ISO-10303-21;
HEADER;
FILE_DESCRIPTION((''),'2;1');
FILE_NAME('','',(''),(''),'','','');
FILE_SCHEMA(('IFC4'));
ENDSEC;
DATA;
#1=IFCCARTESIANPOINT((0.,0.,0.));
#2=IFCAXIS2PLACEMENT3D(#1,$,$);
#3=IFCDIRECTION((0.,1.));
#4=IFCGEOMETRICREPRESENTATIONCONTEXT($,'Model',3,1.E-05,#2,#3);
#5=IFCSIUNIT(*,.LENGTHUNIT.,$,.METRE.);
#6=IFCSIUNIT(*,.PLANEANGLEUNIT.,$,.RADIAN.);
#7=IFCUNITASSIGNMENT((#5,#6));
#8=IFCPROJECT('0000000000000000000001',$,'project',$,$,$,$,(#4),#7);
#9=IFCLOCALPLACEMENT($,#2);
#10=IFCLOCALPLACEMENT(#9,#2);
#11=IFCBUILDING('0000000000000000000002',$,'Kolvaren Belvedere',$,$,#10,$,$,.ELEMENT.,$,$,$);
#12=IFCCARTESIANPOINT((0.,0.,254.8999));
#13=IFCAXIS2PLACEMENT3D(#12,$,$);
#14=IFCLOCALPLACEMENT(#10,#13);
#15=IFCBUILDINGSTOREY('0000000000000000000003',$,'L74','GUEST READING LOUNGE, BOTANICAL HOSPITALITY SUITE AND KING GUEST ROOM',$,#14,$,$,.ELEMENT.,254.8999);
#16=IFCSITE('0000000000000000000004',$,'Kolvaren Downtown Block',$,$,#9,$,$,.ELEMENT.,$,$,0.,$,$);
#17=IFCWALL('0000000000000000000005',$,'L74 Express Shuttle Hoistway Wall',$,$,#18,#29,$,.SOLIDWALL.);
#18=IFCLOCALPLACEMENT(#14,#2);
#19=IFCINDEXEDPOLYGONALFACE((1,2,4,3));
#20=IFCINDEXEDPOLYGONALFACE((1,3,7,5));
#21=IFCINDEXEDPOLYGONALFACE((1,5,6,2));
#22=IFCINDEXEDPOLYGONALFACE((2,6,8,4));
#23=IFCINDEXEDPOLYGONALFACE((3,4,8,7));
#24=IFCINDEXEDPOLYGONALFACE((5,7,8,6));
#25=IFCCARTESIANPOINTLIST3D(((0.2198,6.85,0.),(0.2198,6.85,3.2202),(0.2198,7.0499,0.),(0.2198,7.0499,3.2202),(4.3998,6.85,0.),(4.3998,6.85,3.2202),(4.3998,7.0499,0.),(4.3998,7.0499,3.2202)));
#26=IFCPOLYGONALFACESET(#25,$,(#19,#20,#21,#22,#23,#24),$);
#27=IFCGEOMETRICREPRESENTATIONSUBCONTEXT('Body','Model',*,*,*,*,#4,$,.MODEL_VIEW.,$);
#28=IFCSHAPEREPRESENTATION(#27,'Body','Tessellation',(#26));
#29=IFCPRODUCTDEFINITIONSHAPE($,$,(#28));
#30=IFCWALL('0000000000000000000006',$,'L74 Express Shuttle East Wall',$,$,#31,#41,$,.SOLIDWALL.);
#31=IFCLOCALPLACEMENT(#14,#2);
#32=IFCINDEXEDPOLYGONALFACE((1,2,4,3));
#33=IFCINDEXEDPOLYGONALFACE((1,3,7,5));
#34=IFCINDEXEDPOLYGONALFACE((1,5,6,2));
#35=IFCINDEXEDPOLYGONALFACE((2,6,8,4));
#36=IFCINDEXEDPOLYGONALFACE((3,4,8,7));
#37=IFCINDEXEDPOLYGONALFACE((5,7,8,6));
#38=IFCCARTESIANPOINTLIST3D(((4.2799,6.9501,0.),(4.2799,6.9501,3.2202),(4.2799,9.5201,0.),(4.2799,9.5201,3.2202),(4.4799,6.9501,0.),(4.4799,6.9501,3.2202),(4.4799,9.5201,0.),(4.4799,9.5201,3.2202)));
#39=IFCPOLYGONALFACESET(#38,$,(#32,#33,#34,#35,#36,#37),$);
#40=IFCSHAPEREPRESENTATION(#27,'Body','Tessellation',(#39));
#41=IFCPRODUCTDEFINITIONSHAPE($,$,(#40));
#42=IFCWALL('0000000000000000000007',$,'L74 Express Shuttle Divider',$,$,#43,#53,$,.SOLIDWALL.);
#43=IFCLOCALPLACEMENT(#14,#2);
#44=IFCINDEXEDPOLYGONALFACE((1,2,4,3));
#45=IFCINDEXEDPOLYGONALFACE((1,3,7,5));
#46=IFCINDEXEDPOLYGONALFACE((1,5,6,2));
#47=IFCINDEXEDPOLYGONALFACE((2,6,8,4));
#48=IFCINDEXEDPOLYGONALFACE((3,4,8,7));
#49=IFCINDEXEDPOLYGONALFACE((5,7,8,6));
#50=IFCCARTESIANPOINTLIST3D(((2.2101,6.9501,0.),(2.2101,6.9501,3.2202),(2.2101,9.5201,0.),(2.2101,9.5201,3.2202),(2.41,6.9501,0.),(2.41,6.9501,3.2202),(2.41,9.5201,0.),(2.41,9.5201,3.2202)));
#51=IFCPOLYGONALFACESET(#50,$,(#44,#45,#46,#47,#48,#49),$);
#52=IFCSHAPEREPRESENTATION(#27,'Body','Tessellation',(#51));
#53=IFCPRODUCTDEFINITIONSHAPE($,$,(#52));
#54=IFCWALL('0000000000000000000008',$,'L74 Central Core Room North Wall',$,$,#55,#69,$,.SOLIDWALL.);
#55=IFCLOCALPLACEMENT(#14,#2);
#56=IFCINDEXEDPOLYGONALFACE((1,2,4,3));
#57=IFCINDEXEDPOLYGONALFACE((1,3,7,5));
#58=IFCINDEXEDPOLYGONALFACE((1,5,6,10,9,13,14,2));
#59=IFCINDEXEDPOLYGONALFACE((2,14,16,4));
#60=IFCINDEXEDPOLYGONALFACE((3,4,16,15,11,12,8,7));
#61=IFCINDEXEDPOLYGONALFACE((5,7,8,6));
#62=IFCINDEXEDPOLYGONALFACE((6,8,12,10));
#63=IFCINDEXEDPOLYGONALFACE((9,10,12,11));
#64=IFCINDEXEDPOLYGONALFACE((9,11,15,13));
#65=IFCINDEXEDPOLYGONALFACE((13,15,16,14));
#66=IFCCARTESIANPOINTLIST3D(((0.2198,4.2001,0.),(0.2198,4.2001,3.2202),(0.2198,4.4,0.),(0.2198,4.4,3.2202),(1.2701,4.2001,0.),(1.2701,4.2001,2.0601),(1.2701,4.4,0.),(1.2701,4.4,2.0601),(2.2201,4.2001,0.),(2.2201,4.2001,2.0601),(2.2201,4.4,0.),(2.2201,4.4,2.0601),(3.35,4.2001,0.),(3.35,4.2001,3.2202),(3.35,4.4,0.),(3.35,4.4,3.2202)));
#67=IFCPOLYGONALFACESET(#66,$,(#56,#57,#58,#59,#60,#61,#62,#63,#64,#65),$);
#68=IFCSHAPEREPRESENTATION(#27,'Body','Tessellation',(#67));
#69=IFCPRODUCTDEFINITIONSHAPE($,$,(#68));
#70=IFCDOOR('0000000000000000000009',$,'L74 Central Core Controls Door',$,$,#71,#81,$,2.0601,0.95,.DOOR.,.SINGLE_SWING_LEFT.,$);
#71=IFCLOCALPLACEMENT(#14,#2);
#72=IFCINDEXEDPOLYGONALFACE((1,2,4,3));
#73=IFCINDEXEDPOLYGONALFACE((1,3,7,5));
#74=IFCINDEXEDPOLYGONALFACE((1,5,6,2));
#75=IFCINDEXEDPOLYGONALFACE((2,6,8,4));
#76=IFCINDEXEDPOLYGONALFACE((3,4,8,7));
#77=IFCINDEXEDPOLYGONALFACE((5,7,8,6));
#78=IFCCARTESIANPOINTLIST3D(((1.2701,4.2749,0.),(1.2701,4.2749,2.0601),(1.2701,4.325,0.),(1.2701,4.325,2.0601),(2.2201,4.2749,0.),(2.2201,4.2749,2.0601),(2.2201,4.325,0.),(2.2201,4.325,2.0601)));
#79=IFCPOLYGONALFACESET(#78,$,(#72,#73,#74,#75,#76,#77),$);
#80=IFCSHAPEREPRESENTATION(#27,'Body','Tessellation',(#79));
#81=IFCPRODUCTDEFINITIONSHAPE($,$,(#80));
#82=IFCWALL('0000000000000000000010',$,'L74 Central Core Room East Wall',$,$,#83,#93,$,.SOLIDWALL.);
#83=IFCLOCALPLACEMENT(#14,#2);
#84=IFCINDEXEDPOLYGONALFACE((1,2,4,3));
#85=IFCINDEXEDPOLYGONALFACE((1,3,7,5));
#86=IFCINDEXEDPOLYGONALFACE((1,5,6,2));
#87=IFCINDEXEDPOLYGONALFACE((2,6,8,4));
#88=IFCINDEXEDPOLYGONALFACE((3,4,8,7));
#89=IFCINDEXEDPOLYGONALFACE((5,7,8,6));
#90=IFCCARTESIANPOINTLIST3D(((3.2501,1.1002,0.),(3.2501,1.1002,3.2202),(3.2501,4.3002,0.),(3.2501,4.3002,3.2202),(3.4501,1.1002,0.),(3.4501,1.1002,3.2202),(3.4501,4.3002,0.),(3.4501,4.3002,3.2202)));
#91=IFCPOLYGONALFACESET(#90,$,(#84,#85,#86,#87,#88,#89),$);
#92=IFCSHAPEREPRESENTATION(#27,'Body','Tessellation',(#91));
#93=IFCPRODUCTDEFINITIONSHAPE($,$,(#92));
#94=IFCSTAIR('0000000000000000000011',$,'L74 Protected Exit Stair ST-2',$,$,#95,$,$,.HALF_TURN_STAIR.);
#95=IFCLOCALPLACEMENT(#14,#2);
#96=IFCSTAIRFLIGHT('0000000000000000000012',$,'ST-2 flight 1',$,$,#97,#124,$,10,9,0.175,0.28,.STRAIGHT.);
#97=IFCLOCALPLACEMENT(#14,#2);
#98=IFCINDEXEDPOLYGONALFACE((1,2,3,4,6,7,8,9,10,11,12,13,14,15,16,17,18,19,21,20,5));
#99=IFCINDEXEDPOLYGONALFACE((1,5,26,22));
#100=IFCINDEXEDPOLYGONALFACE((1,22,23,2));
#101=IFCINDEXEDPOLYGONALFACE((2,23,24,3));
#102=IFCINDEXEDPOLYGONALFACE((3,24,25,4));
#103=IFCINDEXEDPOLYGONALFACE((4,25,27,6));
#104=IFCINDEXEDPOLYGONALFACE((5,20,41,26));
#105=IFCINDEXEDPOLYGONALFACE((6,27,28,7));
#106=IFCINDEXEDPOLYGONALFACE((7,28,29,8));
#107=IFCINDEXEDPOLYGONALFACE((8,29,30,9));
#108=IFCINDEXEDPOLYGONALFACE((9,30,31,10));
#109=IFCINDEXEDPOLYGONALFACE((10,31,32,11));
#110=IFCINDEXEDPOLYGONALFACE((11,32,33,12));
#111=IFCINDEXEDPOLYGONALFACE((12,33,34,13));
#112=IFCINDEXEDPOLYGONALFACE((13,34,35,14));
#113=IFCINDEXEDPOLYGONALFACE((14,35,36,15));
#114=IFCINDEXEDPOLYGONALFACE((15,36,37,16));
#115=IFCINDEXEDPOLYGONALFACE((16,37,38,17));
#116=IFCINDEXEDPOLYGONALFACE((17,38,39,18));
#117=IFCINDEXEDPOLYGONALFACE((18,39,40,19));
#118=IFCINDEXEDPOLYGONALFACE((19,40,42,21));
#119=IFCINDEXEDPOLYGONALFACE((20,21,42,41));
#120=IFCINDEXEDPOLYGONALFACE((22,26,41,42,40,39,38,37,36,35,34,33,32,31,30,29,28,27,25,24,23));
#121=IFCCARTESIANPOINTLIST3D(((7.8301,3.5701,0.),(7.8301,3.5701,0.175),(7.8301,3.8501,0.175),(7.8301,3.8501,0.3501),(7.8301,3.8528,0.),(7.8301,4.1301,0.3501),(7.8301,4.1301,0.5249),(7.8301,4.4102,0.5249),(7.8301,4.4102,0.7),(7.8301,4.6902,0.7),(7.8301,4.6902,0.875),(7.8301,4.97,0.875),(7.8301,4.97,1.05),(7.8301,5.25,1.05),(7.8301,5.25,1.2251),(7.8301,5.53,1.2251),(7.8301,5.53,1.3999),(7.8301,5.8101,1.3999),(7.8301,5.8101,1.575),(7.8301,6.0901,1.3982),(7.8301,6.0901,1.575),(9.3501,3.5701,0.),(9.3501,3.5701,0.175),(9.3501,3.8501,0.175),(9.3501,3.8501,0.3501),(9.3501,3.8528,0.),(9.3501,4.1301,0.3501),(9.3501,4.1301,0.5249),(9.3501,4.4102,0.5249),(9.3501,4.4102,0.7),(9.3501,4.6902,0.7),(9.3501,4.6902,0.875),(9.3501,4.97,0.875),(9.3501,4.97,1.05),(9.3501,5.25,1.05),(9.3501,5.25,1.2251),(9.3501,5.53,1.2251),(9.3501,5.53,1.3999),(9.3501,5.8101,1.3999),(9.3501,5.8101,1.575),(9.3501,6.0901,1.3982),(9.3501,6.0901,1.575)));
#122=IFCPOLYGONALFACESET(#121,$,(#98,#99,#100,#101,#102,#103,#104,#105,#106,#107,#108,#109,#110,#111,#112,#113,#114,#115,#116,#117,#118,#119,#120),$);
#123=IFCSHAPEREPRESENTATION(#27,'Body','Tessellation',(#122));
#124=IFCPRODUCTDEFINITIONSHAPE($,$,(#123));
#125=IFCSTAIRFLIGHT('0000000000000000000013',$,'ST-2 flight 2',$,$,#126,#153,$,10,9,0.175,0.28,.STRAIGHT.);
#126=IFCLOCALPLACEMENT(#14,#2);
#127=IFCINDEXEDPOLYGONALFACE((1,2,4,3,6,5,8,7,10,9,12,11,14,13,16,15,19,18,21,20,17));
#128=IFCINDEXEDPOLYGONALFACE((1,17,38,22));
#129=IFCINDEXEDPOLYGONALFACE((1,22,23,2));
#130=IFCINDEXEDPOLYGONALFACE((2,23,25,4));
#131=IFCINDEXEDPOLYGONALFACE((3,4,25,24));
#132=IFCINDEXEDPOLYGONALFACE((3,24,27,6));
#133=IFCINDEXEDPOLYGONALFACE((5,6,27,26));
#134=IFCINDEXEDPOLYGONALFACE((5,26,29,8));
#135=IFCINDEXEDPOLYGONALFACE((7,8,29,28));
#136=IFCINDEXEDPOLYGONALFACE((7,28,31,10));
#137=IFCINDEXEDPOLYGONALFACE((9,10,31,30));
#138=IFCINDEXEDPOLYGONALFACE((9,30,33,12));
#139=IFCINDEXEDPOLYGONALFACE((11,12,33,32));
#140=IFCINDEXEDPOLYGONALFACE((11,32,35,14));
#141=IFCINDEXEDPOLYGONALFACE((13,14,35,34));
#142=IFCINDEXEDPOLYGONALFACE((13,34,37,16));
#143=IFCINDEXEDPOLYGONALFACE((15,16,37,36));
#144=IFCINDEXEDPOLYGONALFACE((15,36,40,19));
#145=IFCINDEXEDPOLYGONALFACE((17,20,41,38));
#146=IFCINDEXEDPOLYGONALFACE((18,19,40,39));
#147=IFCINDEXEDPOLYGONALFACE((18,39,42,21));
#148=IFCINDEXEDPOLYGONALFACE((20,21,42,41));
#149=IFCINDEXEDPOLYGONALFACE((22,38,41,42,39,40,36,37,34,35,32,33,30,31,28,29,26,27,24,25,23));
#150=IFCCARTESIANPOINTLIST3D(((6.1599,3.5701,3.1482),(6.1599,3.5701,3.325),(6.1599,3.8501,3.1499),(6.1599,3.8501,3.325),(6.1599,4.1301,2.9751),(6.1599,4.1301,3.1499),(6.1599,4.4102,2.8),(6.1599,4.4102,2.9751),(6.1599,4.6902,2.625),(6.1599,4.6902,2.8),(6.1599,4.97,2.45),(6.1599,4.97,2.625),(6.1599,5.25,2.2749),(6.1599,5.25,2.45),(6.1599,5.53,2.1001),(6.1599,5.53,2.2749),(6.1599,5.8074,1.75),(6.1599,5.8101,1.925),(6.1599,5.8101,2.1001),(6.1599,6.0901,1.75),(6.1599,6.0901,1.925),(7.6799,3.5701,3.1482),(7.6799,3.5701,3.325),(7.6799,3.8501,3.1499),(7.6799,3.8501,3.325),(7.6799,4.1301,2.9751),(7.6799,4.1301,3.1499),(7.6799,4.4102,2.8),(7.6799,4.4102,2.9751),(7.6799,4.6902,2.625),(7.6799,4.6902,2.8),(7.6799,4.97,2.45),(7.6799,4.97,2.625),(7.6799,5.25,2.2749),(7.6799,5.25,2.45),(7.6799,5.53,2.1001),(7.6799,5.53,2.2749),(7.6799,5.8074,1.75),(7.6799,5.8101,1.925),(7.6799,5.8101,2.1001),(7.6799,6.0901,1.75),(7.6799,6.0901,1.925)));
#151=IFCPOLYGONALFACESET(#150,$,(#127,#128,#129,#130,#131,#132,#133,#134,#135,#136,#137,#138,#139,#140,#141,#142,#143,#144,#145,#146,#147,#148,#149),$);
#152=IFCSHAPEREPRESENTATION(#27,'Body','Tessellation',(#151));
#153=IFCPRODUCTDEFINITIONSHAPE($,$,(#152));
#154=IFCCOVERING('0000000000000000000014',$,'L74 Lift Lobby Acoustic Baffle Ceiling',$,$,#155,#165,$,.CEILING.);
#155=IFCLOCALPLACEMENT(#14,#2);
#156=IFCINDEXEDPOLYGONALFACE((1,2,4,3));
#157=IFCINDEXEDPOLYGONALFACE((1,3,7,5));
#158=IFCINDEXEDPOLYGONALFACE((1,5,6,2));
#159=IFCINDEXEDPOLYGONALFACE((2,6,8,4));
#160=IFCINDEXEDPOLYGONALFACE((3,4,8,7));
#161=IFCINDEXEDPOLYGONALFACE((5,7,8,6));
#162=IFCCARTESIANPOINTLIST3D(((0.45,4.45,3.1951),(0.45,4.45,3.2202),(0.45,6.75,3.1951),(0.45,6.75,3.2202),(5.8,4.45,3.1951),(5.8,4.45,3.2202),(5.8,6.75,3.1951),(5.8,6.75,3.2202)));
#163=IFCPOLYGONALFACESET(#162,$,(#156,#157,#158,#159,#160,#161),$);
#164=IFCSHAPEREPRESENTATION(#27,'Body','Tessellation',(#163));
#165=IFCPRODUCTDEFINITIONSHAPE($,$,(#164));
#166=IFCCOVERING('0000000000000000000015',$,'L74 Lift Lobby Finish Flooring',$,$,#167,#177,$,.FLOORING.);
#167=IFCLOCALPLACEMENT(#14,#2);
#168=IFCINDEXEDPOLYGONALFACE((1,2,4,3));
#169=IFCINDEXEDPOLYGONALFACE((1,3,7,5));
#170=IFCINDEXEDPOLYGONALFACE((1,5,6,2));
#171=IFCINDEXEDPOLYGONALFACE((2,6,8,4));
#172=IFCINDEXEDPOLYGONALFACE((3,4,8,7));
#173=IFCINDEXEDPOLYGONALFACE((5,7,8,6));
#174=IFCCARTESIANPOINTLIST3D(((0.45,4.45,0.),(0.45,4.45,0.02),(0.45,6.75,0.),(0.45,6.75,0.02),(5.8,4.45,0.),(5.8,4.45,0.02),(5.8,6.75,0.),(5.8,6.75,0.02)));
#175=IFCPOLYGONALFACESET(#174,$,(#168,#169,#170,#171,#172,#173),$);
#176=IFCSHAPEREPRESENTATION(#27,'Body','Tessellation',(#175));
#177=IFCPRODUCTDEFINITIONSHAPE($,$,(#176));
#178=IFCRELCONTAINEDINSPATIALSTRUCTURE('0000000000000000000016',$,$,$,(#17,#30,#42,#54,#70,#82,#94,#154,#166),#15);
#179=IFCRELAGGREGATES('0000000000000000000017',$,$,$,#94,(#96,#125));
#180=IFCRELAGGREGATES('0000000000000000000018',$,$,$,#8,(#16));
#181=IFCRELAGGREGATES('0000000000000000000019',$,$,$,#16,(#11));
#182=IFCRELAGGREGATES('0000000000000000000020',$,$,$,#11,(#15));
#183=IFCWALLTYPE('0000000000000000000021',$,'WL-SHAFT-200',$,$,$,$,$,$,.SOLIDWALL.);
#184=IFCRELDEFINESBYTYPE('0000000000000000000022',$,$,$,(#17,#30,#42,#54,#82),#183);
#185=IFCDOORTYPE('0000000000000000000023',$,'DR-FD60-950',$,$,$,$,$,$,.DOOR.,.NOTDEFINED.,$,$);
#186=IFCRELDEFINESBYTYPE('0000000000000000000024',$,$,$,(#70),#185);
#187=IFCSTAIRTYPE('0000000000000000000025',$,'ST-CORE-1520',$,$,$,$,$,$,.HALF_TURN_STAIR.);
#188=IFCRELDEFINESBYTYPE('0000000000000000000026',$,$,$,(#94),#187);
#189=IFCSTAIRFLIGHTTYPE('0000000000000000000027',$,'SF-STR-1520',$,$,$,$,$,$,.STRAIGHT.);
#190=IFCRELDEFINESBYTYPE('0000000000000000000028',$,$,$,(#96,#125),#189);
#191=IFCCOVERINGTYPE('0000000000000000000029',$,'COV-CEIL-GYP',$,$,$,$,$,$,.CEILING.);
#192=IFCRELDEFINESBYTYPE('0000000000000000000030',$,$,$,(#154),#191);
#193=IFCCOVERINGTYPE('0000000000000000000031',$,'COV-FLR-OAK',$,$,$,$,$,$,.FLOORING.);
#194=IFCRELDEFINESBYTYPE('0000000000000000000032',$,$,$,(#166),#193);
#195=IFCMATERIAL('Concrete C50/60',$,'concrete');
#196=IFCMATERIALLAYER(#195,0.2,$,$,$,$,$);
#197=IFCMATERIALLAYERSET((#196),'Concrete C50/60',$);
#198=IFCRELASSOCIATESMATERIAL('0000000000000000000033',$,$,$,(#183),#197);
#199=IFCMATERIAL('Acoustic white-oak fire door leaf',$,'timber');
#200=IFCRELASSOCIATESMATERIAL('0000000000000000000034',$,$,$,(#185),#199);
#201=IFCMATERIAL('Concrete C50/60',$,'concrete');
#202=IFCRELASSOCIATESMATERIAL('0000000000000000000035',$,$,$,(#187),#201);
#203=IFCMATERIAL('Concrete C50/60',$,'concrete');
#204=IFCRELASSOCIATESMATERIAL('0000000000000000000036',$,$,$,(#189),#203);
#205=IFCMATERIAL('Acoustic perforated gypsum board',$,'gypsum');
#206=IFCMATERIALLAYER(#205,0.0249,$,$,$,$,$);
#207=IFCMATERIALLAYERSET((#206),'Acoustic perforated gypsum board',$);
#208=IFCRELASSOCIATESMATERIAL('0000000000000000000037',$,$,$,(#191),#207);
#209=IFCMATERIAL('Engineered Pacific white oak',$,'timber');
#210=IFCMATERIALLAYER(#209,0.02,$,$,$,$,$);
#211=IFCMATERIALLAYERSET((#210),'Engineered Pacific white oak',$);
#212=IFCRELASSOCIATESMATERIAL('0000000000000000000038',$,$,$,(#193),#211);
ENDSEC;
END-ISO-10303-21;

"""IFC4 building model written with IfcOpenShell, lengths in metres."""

from ifc_helpers import new_model, si_unit, direction, frame, frame_2d, origin, place, context, subcontext, project, spatial, polyline, rectangle, outline, extrude, material, layer, layer_set, type_object, element, fill, aggregate, save


model = new_model("IFC4")

# Units and contexts
model_context = context("Model", 3, precision=1e-05, world=origin(), true_north=direction((0.0, 1.0)))
body_context = subcontext(model_context, "Body", "Model", "MODEL_VIEW")
ifc_project = project(units=[si_unit("LENGTHUNIT", "METRE"), si_unit("PLANEANGLEUNIT", "RADIAN")], contexts=[model_context])

# Site, building, storey
site_placement = place(None, origin())
site = spatial("IfcSite", under=ifc_project, at=site_placement, Name="Kolvaren Downtown Block", CompositionType="ELEMENT", RefElevation=0.0)
building_placement = place(site_placement, origin())
building = spatial("IfcBuilding", under=site, at=building_placement, Name="Kolvaren Belvedere", CompositionType="ELEMENT")
storey_placement = place(building_placement, frame((0.0, 0.0, 254.8999)))
storey = spatial("IfcBuildingStorey", under=building, at=storey_placement, Name="L74", Description="GUEST READING LOUNGE, BOTANICAL HOSPITALITY SUITE AND KING GUEST ROOM", CompositionType="ELEMENT", Elevation=254.8999)

# Shared definitions
ifc_material_1 = material(Name="Concrete C50/60", Category="concrete")
ifc_layer_1 = layer(ifc_material_1, 0.2)
ifc_layer_set_1 = layer_set([ifc_layer_1], Name="Concrete C50/60")
wall_type_1 = type_object("IfcWallType", Name="WL-SHAFT-200", PredefinedType="SOLIDWALL", material=ifc_layer_set_1)

# Walls
wall_1_placement = place(storey_placement, frame((0.22, 6.95, 0.0), z_axis=(0.0, 0.0, 1.0), x_axis=(1.0, 0.0, 0.0)))
element("IfcWall", 1, at=wall_1_placement, inside=storey, type_object=wall_type_1, Name="L74 Express Shuttle Hoistway Wall", PredefinedType="SOLIDWALL", context=body_context, shape_type="SweptSolid", body=[
    extrude(rectangle(XDim=4.1799, YDim=0.2, at=frame_2d((2.0898, 0.0))), origin(), (0.0, 0.0, 1.0), 3.2202),
])
for number, where, z_axis, x_axis, name in (
    (2, (4.3799, 6.95, 0.0), (0.0, 0.0, 1.0), (0.0, 1.0, 0.0), "L74 Express Shuttle East Wall"),
    (3, (2.3101, 6.95, 0.0), (0.0, 0.0, 1.0), (0.0, 1.0, 0.0), "L74 Express Shuttle Divider"),
):
    element("IfcWall", number, at=place(storey_placement, frame(where, z_axis=z_axis, x_axis=x_axis)), inside=storey, type_object=wall_type_1, Name=name, PredefinedType="SOLIDWALL", context=body_context, shape_type="SweptSolid", body=[
        extrude(rectangle(XDim=2.5701, YDim=0.2, at=frame_2d((1.2852, 0.0))), origin(), (0.0, 0.0, 1.0), 3.2202),
    ])

# Wall, opening, door
wall_2_placement = place(storey_placement, frame((0.22, 4.3, 0.0), z_axis=(0.0, 0.0, 1.0), x_axis=(1.0, 0.0, 0.0)))
wall_2 = element("IfcWall", 4, at=wall_2_placement, inside=storey, type_object=wall_type_1, Name="L74 Central Core Room North Wall", PredefinedType="SOLIDWALL", context=body_context, shape_type="SweptSolid", body=[
    extrude(rectangle(XDim=3.1301, YDim=0.2, at=frame_2d((1.5649, 0.0))), origin(), (0.0, 0.0, 1.0), 3.2202),
])
opening_1_placement = place(wall_2_placement, frame((1.05, 0.0, 0.0)))
opening_1 = element("IfcOpeningElement", 5, at=opening_1_placement, cuts=wall_2, PredefinedType="OPENING", context=body_context, shape_type="SweptSolid", body=[
    extrude(rectangle(XDim=0.95, YDim=2.0601, at=frame_2d((0.4751, 1.03))), frame((0.0, 0.1099, 0.0), z_axis=(0.0, -1.0, 0.0), x_axis=(1.0, 0.0, 0.0)), (0.0, 0.0, 1.0), 0.22),
])
ifc_material_2 = material(Name="Acoustic white-oak fire door leaf", Category="timber")
door_type_1 = type_object("IfcDoorType", Name="DR-FD60-950", OperationType="NOTDEFINED", PredefinedType="DOOR", material=ifc_material_2)
door_1_placement = place(opening_1_placement, origin())
door_1 = element("IfcDoor", 6, at=door_1_placement, inside=storey, type_object=door_type_1, Name="L74 Central Core Controls Door", OperationType="SINGLE_SWING_LEFT", OverallHeight=2.0601, OverallWidth=0.95, PredefinedType="DOOR", context=body_context, shape_type="SweptSolid", body=[
    extrude(rectangle(XDim=0.95, YDim=2.0601, at=frame_2d((0.4751, 1.03))), frame((0.0, 0.0249, 0.0), z_axis=(0.0, -1.0, 0.0), x_axis=(1.0, 0.0, 0.0)), (0.0, 0.0, 1.0), 0.05),
])
fill(opening_1, door_1)

# Wall
wall_3_placement = place(storey_placement, frame((3.3501, 1.1001, 0.0), z_axis=(0.0, 0.0, 1.0), x_axis=(0.0, 1.0, 0.0)))
element("IfcWall", 7, at=wall_3_placement, inside=storey, type_object=wall_type_1, Name="L74 Central Core Room East Wall", PredefinedType="SOLIDWALL", context=body_context, shape_type="SweptSolid", body=[
    extrude(rectangle(XDim=3.2, YDim=0.2, at=frame_2d((1.6001, 0.0))), origin(), (0.0, 0.0, 1.0), 3.2202),
])

# Stair, stair flights
ifc_material_3 = material(Name="Concrete C50/60", Category="concrete")
stair_type = type_object("IfcStairType", Name="ST-CORE-1520", PredefinedType="HALF_TURN_STAIR", material=ifc_material_3)
stair_placement = place(storey_placement, origin())
stair = element("IfcStair", 8, at=stair_placement, inside=storey, type_object=stair_type, Name="L74 Protected Exit Stair ST-2", PredefinedType="HALF_TURN_STAIR")
ifc_material_4 = material(Name="Concrete C50/60", Category="concrete")
stair_flight_type = type_object("IfcStairFlightType", Name="SF-STR-1520", PredefinedType="STRAIGHT", material=ifc_material_4)
stair_flight_1_placement = place(storey_placement, frame((8.5901, 3.5701, 0.0), z_axis=(0.0, 0.0, 1.0), x_axis=(0.0, 1.0, 0.0)))
stair_flight_1 = element("IfcStairFlight", 9, at=stair_flight_1_placement, type_object=stair_flight_type, Name="ST-2 flight 1", NumberOfRisers=10, NumberOfTreads=9, PredefinedType="STRAIGHT", RiserHeight=0.175, TreadLength=0.28, context=body_context, shape_type="SweptSolid", body=[
    extrude(outline(polyline([(0.0, 0.0), (0.0, 0.175), (0.28, 0.175), (0.28, 0.3501), (0.5601, 0.3501), (0.5601, 0.5249), (0.8401, 0.5249), (0.8401, 0.7), (1.1201, 0.7), (1.1201, 0.875), (1.3999, 0.875), (1.3999, 1.05), (1.6799, 1.05), (1.6799, 1.2251), (1.96, 1.2251), (1.96, 1.3999), (2.24, 1.3999), (2.24, 1.575), (2.52, 1.575), (2.52, 1.75), (2.52, 1.3982), (0.2827, 0.0), (0.0, 0.0)])), frame((0.0, 0.76, 0.0), z_axis=(0.0, -1.0, 0.0), x_axis=(1.0, 0.0, 0.0)), (0.0, 0.0, 1.0), 1.52),
])
stair_flight_2_placement = place(storey_placement, frame((6.9199, 6.0901, 1.75), z_axis=(0.0, 0.0, 1.0), x_axis=(0.0, -1.0, 0.0)))
stair_flight_2 = element("IfcStairFlight", 10, at=stair_flight_2_placement, type_object=stair_flight_type, Name="ST-2 flight 2", NumberOfRisers=10, NumberOfTreads=9, PredefinedType="STRAIGHT", RiserHeight=0.175, TreadLength=0.28, context=body_context, shape_type="SweptSolid", body=[
    extrude(outline(polyline([(0.0, 0.0), (0.0, 0.175), (0.28, 0.175), (0.28, 0.3501), (0.5601, 0.3501), (0.5601, 0.5249), (0.8401, 0.5249), (0.8401, 0.7), (1.1201, 0.7), (1.1201, 0.875), (1.3999, 0.875), (1.3999, 1.05), (1.6799, 1.05), (1.6799, 1.2251), (1.96, 1.2251), (1.96, 1.3999), (2.24, 1.3999), (2.24, 1.575), (2.52, 1.575), (2.52, 1.75), (2.52, 1.3982), (0.2827, 0.0), (0.0, 0.0)])), frame((0.0, 0.76, 0.0), z_axis=(0.0, -1.0, 0.0), x_axis=(1.0, 0.0, 0.0)), (0.0, 0.0, 1.0), 1.52),
])
aggregate(stair, [stair_flight_1, stair_flight_2])

# Coverings
ifc_material_5 = material(Name="Acoustic perforated gypsum board", Category="gypsum")
ifc_layer_2 = layer(ifc_material_5, 0.0249)
ifc_layer_set_2 = layer_set([ifc_layer_2], Name="Acoustic perforated gypsum board")
covering_type_1 = type_object("IfcCoveringType", Name="COV-CEIL-GYP", PredefinedType="CEILING", material=ifc_layer_set_2)
covering_1_placement = place(storey_placement, frame((0.0, 0.0, 3.1951)))
element("IfcCovering", 11, at=covering_1_placement, inside=storey, type_object=covering_type_1, Name="L74 Lift Lobby Acoustic Baffle Ceiling", PredefinedType="CEILING", context=body_context, shape_type="SweptSolid", body=[
    extrude(outline(polyline([(0.45, 4.45), (5.8, 4.45), (5.8, 6.75), (0.45, 6.75), (0.45, 4.45)])), origin(), (0.0, 0.0, 1.0), 0.0251),
])
ifc_material_6 = material(Name="Engineered Pacific white oak", Category="timber")
ifc_layer_3 = layer(ifc_material_6, 0.02)
ifc_layer_set_3 = layer_set([ifc_layer_3], Name="Engineered Pacific white oak")
covering_type_2 = type_object("IfcCoveringType", Name="COV-FLR-OAK", PredefinedType="FLOORING", material=ifc_layer_set_3)
covering_2_placement = place(storey_placement, origin())
element("IfcCovering", 12, at=covering_2_placement, inside=storey, type_object=covering_type_2, Name="L74 Lift Lobby Finish Flooring", PredefinedType="FLOORING", context=body_context, shape_type="SweptSolid", body=[
    extrude(outline(polyline([(0.45, 4.45), (5.8, 4.45), (5.8, 6.75), (0.45, 6.75), (0.45, 4.45)])), origin(), (0.0, 0.0, 1.0), 0.02),
])

save(model, "model.ifc")
